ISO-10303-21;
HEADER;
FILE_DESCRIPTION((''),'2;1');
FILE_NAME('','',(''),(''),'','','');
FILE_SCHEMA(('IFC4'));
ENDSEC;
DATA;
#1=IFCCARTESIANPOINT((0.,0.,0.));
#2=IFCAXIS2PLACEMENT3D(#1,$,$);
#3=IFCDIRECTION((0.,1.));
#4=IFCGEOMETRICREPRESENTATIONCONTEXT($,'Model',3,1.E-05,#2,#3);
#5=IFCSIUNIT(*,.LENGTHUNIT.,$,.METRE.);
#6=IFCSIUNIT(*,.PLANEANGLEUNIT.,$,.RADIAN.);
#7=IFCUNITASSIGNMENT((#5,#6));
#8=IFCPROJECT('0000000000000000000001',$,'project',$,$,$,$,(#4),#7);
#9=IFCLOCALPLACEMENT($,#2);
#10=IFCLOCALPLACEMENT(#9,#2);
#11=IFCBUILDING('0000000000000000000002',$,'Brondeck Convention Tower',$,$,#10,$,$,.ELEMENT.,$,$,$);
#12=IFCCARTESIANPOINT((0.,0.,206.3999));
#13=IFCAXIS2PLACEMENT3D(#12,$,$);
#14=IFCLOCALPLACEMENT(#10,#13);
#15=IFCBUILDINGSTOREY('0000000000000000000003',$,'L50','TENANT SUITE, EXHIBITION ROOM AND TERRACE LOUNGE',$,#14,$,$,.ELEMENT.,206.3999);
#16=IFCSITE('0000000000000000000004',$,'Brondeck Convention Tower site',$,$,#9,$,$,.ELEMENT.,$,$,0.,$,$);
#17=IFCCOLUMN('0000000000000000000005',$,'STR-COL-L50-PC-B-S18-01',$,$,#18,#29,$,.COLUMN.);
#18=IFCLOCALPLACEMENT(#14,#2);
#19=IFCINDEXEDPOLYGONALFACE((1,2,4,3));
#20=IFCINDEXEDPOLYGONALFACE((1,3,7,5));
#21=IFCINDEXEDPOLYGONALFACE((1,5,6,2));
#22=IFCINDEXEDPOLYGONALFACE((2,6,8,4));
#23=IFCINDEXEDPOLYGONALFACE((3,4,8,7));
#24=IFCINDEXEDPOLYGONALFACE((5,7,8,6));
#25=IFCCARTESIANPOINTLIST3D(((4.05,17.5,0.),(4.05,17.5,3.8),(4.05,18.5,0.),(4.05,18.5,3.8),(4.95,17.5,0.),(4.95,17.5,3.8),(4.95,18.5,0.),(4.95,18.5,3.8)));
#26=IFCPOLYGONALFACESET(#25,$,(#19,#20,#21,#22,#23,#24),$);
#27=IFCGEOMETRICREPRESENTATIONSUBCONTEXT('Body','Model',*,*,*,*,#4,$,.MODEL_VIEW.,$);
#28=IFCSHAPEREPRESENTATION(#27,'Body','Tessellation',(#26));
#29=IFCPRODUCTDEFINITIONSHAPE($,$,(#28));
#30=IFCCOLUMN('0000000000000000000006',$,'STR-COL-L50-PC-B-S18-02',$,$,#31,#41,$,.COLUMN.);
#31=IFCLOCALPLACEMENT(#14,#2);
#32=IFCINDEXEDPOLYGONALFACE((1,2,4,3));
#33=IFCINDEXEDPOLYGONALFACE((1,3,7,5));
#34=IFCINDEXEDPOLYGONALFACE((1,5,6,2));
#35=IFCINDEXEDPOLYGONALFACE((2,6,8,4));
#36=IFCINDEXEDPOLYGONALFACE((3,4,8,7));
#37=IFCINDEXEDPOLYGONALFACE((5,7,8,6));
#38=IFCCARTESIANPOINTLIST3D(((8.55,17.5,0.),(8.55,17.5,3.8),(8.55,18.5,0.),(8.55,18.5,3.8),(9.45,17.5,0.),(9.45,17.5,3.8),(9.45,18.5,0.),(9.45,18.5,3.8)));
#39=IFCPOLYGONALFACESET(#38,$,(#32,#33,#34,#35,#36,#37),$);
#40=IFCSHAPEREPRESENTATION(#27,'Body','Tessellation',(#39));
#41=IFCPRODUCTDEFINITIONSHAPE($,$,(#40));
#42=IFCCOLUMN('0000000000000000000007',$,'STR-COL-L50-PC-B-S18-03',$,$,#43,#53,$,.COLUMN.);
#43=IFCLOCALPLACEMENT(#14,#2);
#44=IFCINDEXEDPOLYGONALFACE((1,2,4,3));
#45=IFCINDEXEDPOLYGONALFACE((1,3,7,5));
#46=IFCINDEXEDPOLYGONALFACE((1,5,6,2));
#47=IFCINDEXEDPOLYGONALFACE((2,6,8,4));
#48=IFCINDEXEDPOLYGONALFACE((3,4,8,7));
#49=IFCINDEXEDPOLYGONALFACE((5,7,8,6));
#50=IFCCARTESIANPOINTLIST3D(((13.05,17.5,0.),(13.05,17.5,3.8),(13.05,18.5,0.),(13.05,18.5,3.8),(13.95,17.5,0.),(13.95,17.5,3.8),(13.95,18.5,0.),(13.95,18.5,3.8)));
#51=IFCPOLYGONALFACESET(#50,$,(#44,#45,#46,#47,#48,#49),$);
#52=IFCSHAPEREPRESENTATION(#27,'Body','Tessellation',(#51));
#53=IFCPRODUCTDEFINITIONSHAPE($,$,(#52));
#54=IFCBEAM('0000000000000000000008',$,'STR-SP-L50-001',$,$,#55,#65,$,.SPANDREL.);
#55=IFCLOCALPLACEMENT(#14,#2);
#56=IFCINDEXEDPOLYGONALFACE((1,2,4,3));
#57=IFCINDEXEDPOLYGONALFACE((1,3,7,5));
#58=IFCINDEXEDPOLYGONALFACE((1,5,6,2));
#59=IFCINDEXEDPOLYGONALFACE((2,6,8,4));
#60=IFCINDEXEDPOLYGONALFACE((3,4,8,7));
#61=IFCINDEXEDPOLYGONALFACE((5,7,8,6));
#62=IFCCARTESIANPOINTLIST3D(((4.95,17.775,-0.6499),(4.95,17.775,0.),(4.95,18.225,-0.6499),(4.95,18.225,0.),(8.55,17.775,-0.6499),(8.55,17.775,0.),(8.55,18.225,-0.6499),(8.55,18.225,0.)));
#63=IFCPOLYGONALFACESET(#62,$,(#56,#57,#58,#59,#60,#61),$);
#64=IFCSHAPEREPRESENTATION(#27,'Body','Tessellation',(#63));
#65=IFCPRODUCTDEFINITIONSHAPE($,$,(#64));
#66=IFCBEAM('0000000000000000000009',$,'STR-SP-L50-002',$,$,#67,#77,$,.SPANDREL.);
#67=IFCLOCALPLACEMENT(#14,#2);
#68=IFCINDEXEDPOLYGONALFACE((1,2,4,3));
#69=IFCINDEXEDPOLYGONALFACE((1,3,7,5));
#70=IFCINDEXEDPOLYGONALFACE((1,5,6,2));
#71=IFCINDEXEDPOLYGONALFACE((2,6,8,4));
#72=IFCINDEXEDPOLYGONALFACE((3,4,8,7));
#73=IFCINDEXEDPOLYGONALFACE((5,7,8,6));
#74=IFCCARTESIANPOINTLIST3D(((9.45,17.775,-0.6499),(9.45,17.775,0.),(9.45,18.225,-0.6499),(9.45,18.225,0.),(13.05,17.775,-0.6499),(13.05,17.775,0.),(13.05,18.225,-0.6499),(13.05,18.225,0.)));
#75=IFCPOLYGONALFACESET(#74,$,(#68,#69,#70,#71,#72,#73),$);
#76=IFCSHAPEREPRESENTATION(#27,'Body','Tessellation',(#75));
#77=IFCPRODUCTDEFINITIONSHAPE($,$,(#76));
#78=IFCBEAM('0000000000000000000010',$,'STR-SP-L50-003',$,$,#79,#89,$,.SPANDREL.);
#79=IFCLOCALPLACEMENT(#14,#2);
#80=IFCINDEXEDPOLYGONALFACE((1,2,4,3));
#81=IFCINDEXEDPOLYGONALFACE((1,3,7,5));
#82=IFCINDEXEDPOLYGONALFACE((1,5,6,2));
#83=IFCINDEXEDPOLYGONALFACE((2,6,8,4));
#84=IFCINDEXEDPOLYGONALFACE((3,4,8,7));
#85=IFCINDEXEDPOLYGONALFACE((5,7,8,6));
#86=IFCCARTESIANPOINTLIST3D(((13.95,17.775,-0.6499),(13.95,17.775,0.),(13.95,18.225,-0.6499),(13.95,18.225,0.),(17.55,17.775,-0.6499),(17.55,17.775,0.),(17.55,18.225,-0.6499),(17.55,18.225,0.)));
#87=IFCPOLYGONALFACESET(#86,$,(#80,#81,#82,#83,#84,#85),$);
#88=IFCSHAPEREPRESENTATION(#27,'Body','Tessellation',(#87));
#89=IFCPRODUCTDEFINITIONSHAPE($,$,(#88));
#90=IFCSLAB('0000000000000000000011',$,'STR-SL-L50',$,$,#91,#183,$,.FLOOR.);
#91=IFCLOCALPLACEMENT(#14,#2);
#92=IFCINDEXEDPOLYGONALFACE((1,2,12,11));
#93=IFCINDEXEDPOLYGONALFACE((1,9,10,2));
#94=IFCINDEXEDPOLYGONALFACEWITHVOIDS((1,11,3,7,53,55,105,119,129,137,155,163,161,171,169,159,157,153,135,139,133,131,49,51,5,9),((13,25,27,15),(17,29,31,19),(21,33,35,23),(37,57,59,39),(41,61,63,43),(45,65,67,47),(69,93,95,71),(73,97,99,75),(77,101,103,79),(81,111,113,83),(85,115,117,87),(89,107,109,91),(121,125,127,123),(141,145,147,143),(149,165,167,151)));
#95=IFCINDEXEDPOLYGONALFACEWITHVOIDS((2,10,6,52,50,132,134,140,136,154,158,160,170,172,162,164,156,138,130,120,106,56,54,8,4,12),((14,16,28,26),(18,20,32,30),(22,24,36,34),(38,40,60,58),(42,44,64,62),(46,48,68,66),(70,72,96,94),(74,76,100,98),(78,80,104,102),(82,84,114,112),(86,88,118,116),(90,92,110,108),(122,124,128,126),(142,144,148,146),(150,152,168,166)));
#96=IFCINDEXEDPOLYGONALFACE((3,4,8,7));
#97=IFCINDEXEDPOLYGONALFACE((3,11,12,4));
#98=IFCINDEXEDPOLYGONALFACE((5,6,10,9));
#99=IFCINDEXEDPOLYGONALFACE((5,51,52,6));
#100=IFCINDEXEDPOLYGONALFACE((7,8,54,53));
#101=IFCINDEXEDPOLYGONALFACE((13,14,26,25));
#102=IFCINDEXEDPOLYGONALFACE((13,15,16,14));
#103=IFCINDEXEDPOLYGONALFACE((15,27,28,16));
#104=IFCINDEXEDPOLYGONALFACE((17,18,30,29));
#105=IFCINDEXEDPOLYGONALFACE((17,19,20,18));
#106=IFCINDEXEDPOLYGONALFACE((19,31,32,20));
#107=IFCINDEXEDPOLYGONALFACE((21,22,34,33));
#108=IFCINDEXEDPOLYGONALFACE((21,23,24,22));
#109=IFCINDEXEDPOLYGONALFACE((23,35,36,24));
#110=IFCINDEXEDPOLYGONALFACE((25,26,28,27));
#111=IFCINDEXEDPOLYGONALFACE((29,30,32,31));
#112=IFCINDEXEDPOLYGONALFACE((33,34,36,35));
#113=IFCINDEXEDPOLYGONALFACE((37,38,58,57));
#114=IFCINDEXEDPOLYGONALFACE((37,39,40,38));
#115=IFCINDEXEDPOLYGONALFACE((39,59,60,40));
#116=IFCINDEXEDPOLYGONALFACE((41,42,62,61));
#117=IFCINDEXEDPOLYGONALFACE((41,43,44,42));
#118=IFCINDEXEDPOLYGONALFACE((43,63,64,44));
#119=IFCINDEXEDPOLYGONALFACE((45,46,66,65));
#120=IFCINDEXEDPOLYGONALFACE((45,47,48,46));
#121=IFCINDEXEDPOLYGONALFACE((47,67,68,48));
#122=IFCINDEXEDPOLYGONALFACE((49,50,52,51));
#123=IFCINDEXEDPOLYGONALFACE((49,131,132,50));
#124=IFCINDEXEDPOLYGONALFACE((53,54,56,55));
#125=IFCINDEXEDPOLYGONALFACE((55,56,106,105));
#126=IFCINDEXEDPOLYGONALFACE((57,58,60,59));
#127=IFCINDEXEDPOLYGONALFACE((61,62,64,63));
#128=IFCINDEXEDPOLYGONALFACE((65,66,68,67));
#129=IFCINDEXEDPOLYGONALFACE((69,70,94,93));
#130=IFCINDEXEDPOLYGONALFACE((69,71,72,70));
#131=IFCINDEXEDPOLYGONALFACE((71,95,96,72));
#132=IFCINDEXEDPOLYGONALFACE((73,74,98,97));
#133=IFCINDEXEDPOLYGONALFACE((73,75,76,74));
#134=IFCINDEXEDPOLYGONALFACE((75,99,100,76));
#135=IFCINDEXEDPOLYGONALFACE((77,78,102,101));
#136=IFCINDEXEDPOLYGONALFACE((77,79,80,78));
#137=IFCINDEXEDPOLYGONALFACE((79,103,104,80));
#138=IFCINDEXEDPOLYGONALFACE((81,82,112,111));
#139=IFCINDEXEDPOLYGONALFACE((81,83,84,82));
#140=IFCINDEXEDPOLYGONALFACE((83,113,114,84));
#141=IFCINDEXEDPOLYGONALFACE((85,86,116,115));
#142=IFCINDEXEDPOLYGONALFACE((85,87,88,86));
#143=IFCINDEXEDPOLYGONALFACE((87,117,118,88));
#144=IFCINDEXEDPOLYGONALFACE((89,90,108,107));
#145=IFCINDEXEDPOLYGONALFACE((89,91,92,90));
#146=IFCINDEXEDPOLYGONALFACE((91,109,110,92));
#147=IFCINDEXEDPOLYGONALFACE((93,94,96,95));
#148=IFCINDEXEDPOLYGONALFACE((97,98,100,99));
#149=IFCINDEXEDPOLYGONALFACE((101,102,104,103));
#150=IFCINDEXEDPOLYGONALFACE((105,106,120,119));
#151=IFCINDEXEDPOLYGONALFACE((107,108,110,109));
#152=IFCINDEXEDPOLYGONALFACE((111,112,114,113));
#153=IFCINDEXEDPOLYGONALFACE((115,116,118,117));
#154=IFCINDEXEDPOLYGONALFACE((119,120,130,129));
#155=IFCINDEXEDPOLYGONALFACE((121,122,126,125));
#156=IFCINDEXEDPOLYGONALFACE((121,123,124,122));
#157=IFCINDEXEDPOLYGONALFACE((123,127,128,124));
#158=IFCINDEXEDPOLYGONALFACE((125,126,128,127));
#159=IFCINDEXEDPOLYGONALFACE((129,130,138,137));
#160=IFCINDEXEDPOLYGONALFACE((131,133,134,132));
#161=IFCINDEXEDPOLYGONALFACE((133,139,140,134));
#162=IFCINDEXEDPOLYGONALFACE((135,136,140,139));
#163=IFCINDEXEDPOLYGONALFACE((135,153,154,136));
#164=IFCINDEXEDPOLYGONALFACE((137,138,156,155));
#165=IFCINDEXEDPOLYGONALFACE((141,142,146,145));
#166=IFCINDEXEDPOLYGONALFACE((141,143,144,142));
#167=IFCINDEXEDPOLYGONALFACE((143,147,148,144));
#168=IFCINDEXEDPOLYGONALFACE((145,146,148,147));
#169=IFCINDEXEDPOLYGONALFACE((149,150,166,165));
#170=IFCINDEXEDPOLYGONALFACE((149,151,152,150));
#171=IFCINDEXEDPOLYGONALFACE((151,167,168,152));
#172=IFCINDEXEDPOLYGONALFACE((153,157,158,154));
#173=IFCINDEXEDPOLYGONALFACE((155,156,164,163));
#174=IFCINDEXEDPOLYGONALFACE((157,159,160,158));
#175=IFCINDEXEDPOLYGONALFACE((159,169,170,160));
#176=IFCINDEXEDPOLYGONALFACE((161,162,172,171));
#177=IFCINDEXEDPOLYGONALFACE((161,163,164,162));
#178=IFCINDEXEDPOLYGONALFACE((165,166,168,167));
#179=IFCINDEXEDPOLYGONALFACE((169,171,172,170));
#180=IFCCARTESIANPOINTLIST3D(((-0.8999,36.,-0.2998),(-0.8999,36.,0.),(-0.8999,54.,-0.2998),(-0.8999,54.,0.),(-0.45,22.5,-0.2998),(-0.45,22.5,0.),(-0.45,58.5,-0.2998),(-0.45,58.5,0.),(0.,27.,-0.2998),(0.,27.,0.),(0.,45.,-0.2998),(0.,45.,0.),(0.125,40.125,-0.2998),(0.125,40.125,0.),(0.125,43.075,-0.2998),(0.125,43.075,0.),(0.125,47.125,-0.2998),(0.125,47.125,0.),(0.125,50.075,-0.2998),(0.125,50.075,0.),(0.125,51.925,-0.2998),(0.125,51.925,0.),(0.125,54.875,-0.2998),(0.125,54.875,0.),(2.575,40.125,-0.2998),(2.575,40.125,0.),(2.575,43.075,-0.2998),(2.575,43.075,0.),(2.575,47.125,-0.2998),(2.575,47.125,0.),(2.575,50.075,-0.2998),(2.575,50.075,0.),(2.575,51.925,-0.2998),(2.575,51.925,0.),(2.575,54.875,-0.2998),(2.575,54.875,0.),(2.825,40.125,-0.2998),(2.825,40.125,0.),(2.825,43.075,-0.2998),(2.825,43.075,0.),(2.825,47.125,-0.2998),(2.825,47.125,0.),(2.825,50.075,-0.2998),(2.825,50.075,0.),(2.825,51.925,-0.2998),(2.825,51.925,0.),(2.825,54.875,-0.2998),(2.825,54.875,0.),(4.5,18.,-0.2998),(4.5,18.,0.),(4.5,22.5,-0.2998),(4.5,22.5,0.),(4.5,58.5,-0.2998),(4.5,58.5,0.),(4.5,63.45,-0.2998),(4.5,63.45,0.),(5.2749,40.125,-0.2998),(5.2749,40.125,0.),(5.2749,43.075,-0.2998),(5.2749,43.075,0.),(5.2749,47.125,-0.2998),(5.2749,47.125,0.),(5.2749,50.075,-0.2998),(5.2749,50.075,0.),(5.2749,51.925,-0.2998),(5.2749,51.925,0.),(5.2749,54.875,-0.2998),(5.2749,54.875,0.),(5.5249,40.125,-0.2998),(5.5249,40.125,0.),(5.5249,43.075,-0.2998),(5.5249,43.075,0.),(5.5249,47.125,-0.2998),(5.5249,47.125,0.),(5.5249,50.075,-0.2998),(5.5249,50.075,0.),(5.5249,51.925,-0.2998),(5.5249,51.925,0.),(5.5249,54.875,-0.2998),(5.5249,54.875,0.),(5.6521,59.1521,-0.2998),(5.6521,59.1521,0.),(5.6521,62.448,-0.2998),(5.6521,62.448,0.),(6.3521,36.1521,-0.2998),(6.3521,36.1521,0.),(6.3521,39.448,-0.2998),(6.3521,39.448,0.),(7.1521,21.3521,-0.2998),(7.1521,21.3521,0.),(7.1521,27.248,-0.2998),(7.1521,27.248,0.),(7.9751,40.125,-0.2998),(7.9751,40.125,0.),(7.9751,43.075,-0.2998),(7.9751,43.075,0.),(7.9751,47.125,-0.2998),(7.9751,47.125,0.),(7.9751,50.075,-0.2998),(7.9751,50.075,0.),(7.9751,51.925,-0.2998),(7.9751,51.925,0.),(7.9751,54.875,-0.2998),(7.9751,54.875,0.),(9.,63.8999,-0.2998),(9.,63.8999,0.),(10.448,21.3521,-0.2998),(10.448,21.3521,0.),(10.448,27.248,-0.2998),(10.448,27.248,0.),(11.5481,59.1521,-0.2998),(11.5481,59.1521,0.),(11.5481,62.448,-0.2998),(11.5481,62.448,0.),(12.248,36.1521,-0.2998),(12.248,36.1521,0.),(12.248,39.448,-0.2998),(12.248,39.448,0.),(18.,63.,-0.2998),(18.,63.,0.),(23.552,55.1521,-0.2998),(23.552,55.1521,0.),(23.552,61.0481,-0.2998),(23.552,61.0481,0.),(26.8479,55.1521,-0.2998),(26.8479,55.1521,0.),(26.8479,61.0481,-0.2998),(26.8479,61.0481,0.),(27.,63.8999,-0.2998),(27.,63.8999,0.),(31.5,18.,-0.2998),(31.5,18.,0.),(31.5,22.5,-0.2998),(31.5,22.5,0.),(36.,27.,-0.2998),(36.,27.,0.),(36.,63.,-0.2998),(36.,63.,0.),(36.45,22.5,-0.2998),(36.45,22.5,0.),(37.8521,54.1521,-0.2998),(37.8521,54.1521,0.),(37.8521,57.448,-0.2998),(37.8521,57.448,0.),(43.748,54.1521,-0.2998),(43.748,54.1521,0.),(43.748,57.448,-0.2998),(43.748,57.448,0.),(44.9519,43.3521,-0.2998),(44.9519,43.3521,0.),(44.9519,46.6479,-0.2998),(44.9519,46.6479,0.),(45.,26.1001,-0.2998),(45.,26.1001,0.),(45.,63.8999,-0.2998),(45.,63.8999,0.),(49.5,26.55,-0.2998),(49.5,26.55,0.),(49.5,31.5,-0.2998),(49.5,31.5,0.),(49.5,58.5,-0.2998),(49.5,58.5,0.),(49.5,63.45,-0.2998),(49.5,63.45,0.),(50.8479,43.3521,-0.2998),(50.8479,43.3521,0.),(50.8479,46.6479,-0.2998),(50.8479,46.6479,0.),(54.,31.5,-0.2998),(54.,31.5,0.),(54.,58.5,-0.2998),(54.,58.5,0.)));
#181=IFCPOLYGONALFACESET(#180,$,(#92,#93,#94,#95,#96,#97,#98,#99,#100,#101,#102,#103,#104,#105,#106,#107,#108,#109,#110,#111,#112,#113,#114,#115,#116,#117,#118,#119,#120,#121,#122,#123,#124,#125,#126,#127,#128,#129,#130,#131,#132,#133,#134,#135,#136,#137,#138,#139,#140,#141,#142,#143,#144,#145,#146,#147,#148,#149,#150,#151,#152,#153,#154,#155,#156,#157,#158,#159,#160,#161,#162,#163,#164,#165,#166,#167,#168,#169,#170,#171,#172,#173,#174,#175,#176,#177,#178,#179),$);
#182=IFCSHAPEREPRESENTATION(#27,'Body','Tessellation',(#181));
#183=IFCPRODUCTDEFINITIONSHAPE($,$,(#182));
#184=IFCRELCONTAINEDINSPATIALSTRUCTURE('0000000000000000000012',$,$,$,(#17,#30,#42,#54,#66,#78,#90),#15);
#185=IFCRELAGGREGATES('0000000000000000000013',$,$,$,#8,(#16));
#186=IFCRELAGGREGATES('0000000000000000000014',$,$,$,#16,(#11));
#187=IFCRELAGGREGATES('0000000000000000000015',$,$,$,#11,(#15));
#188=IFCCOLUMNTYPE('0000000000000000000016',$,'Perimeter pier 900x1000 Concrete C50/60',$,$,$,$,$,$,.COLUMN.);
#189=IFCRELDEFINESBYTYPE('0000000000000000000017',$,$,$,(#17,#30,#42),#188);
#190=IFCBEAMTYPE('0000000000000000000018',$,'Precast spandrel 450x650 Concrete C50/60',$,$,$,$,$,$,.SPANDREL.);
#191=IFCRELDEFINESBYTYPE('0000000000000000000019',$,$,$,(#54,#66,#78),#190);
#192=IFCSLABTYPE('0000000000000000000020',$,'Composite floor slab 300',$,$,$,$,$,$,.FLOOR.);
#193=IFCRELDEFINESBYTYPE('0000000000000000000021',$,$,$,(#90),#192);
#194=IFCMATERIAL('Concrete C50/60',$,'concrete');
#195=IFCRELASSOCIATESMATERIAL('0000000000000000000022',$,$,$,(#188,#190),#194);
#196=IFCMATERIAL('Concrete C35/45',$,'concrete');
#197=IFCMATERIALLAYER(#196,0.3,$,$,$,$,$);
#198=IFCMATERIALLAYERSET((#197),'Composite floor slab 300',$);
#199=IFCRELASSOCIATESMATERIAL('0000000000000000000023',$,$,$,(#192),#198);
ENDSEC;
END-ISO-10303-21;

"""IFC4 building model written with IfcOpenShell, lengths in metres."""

from ifc_helpers import new_model, si_unit, direction, frame, origin, origin_2d, place, context, subcontext, project, spatial, polyline, rectangle, outline, extrude, material, layer, layer_set, material_profile, profile_set, type_object, element, save


model = new_model("IFC4")

# Units and contexts
model_context = context("Model", 3, precision=1e-05, world=origin(), true_north=direction((0.0, 1.0)))
body_context = subcontext(model_context, "Body", "Model", "MODEL_VIEW")
ifc_project = project(units=[si_unit("LENGTHUNIT", "METRE"), si_unit("PLANEANGLEUNIT", "RADIAN")], contexts=[model_context])

# Site, building, storey
site_placement = place(None, origin())
site = spatial("IfcSite", under=ifc_project, at=site_placement, Name="Brondeck Convention Tower site", CompositionType="ELEMENT", RefElevation=0.0)
building_placement = place(site_placement, origin())
building = spatial("IfcBuilding", under=site, at=building_placement, Name="Brondeck Convention Tower", CompositionType="ELEMENT")
storey_placement = place(building_placement, frame((0.0, 0.0, 206.3999)))
storey = spatial("IfcBuildingStorey", under=building, at=storey_placement, Name="L50", Description="TENANT SUITE, EXHIBITION ROOM AND TERRACE LOUNGE", CompositionType="ELEMENT", Elevation=206.3999)

# Columns
ifc_material_1 = material(Name="Concrete C50/60", Category="concrete")
ifc_material_profile_1 = material_profile(ifc_material_1, rectangle(XDim=0.8999, YDim=1.0, at=origin_2d()), Name="Perimeter pier 900x1000 Concrete C50/60")
ifc_profile_set_1 = profile_set([ifc_material_profile_1], Name="Concrete C50/60")
column_type = type_object("IfcColumnType", Name="Perimeter pier 900x1000 Concrete C50/60", PredefinedType="COLUMN", material=ifc_profile_set_1)
for number, where, z_axis, x_axis, name in (
    (1, (4.5, 18.0, 0.0), (0.0, 0.0, 1.0), (1.0, 0.0, 0.0), "STR-COL-L50-PC-B-S18-01"),
    (2, (9.0, 18.0, 0.0), (0.0, 0.0, 1.0), (1.0, 0.0, 0.0), "STR-COL-L50-PC-B-S18-02"),
    (3, (13.5, 18.0, 0.0), (0.0, 0.0, 1.0), (1.0, 0.0, 0.0), "STR-COL-L50-PC-B-S18-03"),
):
    element("IfcColumn", number, at=place(storey_placement, frame(where, z_axis=z_axis, x_axis=x_axis)), inside=storey, type_object=column_type, Name=name, PredefinedType="COLUMN", context=body_context, shape_type="SweptSolid", body=[
        extrude(rectangle(XDim=0.8999, YDim=1.0, at=origin_2d()), origin(), (0.0, 0.0, 1.0), 3.8),
    ])

# Beams
ifc_material_profile_2 = material_profile(ifc_material_1, rectangle(XDim=0.45, YDim=0.6499, at=origin_2d()), Name="Precast spandrel 450x650 Concrete C50/60")
ifc_profile_set_2 = profile_set([ifc_material_profile_2], Name="Concrete C50/60")
beam_type = type_object("IfcBeamType", Name="Precast spandrel 450x650 Concrete C50/60", PredefinedType="SPANDREL", material=ifc_profile_set_2)
for number, where, z_axis, x_axis, name in (
    (4, (4.95, 18.0, -0.325), (1.0, 0.0, 0.0), (0.0, 1.0, 0.0), "STR-SP-L50-001"),
    (5, (9.45, 18.0, -0.325), (1.0, 0.0, 0.0), (0.0, 1.0, 0.0), "STR-SP-L50-002"),
    (6, (13.95, 18.0, -0.325), (1.0, 0.0, 0.0), (0.0, 1.0, 0.0), "STR-SP-L50-003"),
):
    element("IfcBeam", number, at=place(storey_placement, frame(where, z_axis=z_axis, x_axis=x_axis)), inside=storey, type_object=beam_type, Name=name, PredefinedType="SPANDREL", context=body_context, shape_type="SweptSolid", body=[
        extrude(rectangle(XDim=0.45, YDim=0.6499, at=origin_2d()), origin(), (0.0, 0.0, 1.0), 3.6001),
    ])

# Slab
ifc_material_2 = material(Name="Concrete C35/45", Category="concrete")
ifc_layer_1 = layer(ifc_material_2, 0.3)
ifc_layer_set_1 = layer_set([ifc_layer_1], Name="Composite floor slab 300")
slab_type_1 = type_object("IfcSlabType", Name="Composite floor slab 300", PredefinedType="FLOOR", material=ifc_layer_set_1)
slab_1_placement = place(storey_placement, frame((0.0, 0.0, -0.2998)))
element("IfcSlab", 7, at=slab_1_placement, inside=storey, type_object=slab_type_1, Name="STR-SL-L50", PredefinedType="FLOOR", context=body_context, shape_type="SweptSolid", body=[
    extrude(outline(polyline([(4.5, 22.5), (-0.45, 22.5), (0.0, 27.0), (-0.8999, 36.0), (0.0, 45.0), (-0.8999, 54.0), (-0.45, 58.5), (4.5, 58.5), (4.5, 63.45), (9.0, 63.8999), (18.0, 63.0), (27.0, 63.8999), (36.0, 63.0), (45.0, 63.8999), (49.5, 63.45), (49.5, 58.5), (54.0, 58.5), (54.0, 31.5), (49.5, 31.5), (49.5, 26.55), (45.0, 26.1001), (36.0, 27.0), (36.45, 22.5), (31.5, 22.5), (31.5, 18.0), (4.5, 18.0), (4.5, 22.5)]), holes=[polyline([(2.575, 43.075), (0.125, 43.075), (0.125, 40.125), (2.575, 40.125), (2.575, 43.075)]), polyline([(5.2749, 40.125), (5.2749, 43.075), (2.825, 43.075), (2.825, 40.125), (5.2749, 40.125)]), polyline([(7.9751, 40.125), (7.9751, 43.075), (5.5249, 43.075), (5.5249, 40.125), (7.9751, 40.125)]), polyline([(2.575, 47.125), (2.575, 50.075), (0.125, 50.075), (0.125, 47.125), (2.575, 47.125)]), polyline([(5.2749, 47.125), (5.2749, 50.075), (2.825, 50.075), (2.825, 47.125), (5.2749, 47.125)]), polyline([(7.9751, 47.125), (7.9751, 50.075), (5.5249, 50.075), (5.5249, 47.125), (7.9751, 47.125)]), polyline([(2.575, 51.925), (2.575, 54.875), (0.125, 54.875), (0.125, 51.925), (2.575, 51.925)]), polyline([(5.2749, 51.925), (5.2749, 54.875), (2.825, 54.875), (2.825, 51.925), (5.2749, 51.925)]), polyline([(10.448, 27.248), (7.1521, 27.248), (7.1521, 21.3521), (10.448, 21.3521), (10.448, 27.248)]), polyline([(12.248, 36.1521), (12.248, 39.448), (6.3521, 39.448), (6.3521, 36.1521), (12.248, 36.1521)]), polyline([(50.8479, 43.3521), (50.8479, 46.6479), (44.9519, 46.6479), (44.9519, 43.3521), (50.8479, 43.3521)]), polyline([(7.9751, 51.925), (7.9751, 54.875), (5.5249, 54.875), (5.5249, 51.925), (7.9751, 51.925)]), polyline([(43.748, 54.1521), (43.748, 57.448), (37.8521, 57.448), (37.8521, 54.1521), (43.748, 54.1521)]), polyline([(23.552, 55.1521), (26.8479, 55.1521), (26.8479, 61.0481), (23.552, 61.0481), (23.552, 55.1521)]), polyline([(5.6521, 62.448), (5.6521, 59.1521), (11.5481, 59.1521), (11.5481, 62.448), (5.6521, 62.448)])]), origin(), (0.0, 0.0, 1.0), 0.2998),
])

save(model, "model.ifc")
